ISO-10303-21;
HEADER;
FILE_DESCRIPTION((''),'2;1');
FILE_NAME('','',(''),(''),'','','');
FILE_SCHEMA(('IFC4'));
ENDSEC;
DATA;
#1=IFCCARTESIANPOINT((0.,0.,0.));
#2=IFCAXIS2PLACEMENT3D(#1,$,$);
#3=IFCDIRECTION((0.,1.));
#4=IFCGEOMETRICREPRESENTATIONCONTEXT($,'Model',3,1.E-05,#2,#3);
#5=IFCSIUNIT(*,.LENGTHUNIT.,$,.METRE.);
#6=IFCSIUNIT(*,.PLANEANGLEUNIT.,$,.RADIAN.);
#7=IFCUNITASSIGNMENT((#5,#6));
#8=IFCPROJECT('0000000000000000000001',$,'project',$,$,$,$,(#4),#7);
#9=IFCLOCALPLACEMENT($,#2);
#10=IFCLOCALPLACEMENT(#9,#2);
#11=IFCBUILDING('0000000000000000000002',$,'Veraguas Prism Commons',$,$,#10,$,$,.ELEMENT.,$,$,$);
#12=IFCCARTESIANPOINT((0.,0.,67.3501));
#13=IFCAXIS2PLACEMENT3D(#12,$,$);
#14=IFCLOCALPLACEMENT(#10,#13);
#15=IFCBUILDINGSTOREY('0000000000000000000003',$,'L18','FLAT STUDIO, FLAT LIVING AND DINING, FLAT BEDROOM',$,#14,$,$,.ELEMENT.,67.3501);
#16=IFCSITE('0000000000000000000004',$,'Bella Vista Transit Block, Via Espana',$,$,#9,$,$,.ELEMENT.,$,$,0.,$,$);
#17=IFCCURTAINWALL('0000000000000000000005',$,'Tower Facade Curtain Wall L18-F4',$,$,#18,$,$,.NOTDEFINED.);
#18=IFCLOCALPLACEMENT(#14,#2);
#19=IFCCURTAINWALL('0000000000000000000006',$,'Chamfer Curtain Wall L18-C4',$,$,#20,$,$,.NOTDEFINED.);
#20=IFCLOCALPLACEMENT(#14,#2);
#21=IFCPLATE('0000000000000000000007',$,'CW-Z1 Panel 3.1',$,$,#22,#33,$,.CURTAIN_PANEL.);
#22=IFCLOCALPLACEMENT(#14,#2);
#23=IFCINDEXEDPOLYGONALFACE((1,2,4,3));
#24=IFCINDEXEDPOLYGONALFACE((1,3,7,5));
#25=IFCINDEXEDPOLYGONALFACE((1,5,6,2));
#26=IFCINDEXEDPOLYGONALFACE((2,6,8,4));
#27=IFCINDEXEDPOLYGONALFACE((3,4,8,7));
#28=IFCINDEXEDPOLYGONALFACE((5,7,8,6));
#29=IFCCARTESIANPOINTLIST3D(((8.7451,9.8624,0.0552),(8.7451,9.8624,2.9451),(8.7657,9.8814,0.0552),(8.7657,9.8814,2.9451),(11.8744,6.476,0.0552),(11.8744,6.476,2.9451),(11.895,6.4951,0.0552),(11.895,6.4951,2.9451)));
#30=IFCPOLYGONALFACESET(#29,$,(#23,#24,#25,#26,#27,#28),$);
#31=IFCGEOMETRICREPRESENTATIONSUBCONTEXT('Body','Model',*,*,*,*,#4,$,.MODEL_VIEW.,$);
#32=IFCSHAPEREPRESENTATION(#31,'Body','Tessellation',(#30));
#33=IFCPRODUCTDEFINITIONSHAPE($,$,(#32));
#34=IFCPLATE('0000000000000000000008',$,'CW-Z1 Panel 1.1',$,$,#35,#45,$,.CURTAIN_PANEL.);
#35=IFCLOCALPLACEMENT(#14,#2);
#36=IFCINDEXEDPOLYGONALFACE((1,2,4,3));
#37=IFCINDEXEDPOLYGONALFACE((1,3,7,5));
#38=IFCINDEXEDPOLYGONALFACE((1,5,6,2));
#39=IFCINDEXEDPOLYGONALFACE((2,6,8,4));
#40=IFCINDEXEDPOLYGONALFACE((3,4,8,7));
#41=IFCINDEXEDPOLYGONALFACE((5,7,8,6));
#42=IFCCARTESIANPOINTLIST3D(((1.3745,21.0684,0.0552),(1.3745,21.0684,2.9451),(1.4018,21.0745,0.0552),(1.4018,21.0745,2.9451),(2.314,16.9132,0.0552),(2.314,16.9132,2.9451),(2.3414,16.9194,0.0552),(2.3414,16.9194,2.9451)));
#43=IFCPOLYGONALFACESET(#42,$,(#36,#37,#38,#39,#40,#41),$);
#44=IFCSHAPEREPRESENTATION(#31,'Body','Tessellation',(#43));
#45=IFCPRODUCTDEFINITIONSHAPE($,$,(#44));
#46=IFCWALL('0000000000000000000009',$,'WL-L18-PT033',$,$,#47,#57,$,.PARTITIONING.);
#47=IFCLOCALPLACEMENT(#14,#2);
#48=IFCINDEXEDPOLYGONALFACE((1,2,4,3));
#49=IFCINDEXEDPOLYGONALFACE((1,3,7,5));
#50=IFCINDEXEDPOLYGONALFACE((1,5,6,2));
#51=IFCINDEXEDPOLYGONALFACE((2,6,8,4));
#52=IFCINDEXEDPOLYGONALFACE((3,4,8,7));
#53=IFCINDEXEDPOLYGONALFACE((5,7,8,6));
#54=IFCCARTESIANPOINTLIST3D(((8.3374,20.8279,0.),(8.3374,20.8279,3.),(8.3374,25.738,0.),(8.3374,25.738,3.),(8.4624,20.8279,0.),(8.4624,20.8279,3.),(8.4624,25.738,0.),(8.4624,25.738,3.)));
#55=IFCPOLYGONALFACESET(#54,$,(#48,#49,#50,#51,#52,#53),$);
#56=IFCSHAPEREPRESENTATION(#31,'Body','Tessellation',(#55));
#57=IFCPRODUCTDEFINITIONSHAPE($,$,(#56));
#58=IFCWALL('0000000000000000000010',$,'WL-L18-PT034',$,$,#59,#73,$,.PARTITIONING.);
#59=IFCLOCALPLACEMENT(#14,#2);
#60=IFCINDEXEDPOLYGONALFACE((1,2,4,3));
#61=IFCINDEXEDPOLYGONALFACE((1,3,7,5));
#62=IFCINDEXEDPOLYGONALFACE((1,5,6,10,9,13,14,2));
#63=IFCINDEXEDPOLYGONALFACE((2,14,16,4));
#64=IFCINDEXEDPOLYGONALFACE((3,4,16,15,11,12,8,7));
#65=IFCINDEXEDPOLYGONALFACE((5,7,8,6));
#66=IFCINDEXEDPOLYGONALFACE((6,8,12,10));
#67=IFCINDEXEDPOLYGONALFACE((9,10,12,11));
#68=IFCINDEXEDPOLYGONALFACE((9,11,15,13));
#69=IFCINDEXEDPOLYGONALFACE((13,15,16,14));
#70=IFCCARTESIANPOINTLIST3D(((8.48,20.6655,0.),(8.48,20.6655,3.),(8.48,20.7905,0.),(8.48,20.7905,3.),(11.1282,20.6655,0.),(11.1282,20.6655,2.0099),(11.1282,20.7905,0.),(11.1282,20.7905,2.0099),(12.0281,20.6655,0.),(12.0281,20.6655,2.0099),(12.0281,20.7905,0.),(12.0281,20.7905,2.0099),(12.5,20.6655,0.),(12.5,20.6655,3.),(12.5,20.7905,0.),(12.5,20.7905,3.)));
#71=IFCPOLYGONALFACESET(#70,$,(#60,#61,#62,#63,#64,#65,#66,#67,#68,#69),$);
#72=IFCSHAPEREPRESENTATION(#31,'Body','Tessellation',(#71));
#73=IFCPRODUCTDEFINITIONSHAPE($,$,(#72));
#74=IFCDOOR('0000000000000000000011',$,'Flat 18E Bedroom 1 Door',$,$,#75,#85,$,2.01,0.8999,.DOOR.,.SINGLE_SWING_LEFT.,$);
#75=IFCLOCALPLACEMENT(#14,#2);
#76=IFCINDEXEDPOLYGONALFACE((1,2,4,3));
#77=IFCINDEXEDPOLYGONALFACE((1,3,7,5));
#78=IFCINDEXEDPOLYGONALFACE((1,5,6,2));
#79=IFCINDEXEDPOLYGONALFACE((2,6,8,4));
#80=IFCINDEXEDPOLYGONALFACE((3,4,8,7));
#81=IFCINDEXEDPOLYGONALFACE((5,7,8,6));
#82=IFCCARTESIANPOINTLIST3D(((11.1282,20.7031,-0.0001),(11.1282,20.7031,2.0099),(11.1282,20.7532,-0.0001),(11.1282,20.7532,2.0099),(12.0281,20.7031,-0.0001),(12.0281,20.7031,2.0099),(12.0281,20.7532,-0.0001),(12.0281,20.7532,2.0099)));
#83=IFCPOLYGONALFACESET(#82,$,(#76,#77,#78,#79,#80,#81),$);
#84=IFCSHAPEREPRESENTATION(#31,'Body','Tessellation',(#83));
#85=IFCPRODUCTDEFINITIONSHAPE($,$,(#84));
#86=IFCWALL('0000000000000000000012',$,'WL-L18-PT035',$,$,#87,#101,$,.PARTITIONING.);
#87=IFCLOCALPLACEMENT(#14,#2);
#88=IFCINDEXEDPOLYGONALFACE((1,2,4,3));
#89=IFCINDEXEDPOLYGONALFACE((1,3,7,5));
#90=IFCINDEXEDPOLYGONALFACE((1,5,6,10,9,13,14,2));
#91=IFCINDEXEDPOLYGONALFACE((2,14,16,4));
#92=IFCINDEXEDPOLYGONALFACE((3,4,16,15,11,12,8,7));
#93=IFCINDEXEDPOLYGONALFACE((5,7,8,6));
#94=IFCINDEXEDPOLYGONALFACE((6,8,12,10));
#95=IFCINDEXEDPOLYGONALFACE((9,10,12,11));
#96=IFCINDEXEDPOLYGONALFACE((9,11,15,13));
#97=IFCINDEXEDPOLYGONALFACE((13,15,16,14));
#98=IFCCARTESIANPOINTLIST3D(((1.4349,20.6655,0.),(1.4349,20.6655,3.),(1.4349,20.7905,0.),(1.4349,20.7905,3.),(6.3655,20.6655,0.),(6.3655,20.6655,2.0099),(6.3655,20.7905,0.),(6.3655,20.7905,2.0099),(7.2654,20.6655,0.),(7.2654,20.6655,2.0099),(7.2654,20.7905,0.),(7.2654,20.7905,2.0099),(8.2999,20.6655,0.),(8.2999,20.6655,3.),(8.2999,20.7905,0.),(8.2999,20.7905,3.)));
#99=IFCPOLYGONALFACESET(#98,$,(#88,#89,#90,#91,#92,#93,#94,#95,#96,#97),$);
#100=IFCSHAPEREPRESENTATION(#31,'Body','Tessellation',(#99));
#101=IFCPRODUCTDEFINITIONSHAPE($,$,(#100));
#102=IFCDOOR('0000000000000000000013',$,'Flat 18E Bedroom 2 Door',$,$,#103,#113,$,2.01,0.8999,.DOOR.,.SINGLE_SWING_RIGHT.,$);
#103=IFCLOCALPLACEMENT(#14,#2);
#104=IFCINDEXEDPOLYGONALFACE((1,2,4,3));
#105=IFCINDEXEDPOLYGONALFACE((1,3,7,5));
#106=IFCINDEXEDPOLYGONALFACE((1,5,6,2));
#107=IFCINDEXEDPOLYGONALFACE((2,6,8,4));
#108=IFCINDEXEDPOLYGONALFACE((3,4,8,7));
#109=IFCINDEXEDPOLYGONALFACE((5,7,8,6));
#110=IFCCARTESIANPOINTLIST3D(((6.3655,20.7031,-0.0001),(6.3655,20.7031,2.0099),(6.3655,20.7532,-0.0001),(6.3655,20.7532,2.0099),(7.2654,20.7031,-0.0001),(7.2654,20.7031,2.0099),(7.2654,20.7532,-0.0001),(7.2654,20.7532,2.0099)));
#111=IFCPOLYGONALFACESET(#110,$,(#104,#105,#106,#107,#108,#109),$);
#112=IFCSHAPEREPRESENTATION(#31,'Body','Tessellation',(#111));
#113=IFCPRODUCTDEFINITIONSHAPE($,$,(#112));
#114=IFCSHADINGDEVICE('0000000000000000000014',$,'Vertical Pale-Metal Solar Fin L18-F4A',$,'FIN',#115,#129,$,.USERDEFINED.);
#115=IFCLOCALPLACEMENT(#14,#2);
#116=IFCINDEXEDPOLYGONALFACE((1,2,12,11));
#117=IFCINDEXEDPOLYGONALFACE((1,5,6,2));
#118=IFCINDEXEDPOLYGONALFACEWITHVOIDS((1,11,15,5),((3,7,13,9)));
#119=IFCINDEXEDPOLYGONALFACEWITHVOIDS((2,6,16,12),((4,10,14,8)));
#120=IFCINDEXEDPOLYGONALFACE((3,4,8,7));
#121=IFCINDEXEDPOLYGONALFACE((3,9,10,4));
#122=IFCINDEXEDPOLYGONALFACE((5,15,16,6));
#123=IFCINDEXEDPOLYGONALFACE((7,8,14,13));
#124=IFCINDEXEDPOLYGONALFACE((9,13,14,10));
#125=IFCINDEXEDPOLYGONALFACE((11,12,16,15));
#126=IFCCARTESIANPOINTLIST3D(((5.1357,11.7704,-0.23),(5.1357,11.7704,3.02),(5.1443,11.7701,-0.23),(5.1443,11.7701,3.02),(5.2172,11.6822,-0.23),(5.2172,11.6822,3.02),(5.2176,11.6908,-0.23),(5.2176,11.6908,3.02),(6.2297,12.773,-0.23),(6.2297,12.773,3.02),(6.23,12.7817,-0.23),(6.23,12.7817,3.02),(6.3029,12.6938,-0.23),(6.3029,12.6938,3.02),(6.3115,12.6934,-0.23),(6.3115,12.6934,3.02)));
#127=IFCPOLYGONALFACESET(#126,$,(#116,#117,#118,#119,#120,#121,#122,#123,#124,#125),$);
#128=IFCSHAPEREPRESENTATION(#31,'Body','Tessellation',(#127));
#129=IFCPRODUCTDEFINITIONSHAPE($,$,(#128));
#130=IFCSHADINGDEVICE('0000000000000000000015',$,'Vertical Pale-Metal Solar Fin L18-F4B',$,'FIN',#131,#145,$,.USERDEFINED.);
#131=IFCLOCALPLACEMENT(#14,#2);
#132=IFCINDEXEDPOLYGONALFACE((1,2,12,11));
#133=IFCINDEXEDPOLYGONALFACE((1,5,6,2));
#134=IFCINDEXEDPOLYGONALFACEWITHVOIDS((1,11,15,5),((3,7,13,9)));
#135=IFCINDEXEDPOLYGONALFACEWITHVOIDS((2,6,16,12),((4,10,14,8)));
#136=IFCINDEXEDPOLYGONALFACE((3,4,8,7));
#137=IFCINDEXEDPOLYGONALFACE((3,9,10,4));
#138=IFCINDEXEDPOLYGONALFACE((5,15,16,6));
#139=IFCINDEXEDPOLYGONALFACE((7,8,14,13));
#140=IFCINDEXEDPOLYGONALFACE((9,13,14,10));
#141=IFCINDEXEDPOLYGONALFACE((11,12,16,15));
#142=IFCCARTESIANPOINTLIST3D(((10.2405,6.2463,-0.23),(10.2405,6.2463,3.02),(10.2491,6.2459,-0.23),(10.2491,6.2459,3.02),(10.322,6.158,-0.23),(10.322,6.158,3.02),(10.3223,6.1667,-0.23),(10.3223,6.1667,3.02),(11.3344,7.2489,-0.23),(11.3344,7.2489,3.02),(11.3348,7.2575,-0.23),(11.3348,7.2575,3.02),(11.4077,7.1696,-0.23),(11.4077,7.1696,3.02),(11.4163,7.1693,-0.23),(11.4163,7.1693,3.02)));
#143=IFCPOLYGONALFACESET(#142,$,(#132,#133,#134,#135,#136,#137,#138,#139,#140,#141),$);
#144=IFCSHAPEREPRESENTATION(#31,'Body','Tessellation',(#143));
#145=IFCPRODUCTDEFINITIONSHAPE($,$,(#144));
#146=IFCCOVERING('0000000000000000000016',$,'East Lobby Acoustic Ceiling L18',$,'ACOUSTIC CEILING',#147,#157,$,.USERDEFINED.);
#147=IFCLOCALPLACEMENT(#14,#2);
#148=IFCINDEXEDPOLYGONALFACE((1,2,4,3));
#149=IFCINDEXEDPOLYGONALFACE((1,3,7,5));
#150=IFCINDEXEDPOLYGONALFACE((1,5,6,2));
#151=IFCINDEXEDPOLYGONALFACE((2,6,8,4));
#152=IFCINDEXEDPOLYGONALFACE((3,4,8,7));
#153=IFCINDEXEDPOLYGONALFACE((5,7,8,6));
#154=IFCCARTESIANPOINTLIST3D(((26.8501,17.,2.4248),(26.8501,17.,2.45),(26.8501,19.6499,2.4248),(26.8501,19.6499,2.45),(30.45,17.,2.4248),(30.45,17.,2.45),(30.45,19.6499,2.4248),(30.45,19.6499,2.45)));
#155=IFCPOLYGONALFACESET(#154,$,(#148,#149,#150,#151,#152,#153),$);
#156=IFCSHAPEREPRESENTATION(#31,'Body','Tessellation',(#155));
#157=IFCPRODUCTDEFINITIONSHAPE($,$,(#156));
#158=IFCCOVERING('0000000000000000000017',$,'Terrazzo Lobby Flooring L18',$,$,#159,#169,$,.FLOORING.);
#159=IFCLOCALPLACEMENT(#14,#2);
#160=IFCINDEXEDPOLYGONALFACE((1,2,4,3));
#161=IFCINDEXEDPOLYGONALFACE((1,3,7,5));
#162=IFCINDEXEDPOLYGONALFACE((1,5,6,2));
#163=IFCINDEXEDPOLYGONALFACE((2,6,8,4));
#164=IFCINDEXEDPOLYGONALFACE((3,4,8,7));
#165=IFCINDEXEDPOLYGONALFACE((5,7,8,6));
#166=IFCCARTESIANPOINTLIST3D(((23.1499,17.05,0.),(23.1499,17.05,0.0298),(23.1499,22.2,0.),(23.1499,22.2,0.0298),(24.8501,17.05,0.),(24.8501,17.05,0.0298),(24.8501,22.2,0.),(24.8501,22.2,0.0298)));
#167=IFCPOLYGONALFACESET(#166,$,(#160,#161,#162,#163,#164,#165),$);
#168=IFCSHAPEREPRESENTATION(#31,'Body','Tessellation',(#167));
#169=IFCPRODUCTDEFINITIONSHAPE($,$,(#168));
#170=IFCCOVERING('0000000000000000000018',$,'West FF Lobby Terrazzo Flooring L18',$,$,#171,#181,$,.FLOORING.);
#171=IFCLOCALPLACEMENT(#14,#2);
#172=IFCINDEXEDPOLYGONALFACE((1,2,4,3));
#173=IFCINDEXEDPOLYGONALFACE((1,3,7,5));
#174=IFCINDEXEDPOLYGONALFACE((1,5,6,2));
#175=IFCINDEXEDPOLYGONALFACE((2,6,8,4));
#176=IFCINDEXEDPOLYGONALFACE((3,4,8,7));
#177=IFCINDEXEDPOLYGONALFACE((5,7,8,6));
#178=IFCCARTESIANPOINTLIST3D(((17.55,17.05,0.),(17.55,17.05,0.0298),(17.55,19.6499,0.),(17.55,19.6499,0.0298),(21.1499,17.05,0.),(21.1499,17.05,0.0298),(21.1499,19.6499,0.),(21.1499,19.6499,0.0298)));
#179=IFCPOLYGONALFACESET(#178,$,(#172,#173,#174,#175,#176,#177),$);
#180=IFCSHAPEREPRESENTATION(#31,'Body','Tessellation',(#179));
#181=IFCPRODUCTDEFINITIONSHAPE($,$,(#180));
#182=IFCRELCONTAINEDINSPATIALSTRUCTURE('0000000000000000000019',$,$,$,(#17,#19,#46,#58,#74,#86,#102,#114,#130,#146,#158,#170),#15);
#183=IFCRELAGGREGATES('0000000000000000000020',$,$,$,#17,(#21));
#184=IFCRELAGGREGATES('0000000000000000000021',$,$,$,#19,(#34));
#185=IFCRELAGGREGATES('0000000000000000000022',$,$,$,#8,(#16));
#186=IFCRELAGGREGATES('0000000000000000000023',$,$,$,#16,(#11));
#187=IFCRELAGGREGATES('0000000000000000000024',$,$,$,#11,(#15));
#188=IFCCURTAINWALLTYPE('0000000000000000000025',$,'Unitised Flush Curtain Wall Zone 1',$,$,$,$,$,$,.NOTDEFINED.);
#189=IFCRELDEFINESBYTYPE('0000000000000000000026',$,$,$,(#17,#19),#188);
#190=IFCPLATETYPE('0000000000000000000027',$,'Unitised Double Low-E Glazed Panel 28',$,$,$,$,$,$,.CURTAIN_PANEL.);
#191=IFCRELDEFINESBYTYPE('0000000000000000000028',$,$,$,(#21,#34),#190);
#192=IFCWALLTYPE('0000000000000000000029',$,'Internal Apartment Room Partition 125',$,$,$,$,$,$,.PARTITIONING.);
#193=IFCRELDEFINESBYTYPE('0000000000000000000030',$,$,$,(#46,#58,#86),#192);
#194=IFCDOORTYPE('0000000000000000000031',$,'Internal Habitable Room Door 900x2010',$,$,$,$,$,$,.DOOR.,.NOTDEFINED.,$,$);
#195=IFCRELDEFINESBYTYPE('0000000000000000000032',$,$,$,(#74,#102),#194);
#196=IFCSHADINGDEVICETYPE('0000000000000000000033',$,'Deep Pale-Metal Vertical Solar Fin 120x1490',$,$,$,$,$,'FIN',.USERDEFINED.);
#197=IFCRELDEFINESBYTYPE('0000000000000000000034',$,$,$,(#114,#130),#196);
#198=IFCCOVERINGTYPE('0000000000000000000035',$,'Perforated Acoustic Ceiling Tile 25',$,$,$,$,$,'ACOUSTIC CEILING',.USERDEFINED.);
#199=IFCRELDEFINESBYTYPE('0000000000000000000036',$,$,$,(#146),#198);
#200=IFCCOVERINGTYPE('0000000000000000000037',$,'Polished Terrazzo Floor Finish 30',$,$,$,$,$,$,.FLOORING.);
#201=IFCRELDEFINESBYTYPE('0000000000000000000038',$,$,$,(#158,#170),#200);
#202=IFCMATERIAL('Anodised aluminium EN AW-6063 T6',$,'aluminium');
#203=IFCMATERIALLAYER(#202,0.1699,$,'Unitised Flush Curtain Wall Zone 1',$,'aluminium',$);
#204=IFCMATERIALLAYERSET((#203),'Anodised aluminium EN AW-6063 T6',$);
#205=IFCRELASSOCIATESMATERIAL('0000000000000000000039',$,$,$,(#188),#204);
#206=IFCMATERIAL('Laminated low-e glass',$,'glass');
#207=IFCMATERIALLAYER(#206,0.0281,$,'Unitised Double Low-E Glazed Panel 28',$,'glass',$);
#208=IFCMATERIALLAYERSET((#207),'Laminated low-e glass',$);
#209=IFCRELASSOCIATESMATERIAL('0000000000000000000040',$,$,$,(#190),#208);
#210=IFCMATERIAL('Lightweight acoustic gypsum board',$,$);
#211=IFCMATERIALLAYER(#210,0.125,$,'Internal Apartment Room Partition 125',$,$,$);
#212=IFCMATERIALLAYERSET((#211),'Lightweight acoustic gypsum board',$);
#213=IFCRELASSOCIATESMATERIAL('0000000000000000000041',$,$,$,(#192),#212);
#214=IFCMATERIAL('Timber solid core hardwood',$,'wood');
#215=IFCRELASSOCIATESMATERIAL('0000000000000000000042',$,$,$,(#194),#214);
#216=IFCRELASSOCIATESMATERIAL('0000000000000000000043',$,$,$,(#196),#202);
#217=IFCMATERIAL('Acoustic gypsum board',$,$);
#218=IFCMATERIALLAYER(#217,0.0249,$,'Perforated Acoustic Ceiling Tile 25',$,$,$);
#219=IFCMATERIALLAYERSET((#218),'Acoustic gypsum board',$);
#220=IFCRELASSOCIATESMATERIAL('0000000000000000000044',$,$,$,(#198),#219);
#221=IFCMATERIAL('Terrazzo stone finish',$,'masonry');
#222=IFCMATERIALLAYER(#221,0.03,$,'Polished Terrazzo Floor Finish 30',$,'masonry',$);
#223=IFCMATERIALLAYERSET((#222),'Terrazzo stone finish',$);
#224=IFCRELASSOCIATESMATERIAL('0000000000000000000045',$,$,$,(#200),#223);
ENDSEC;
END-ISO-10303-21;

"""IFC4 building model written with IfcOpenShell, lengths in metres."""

from ifc_helpers import new_model, si_unit, direction, frame, frame_2d, origin, origin_2d, place, context, subcontext, project, spatial, polyline, rectangle, hollow_rectangle, outline, extrude, source, transform, mapped, material, layer, layer_set, material_profile, profile_set, type_object, element, fill, aggregate, save


model = new_model("IFC4")

# Units and contexts
model_context = context("Model", 3, precision=1e-05, world=origin(), true_north=direction((0.0, 1.0)))
body_context = subcontext(model_context, "Body", "Model", "MODEL_VIEW")
ifc_project = project(units=[si_unit("LENGTHUNIT", "METRE"), si_unit("PLANEANGLEUNIT", "RADIAN")], contexts=[model_context])

# Site, building, storey
site_placement = place(None, origin())
site = spatial("IfcSite", under=ifc_project, at=site_placement, Name="Bella Vista Transit Block, Via Espana", CompositionType="ELEMENT", RefElevation=0.0)
building_placement = place(site_placement, origin())
building = spatial("IfcBuilding", under=site, at=building_placement, Name="Veraguas Prism Commons", CompositionType="ELEMENT")
storey_placement = place(building_placement, frame((0.0, 0.0, 67.3501)))
storey = spatial("IfcBuildingStorey", under=building, at=storey_placement, Name="L18", Description="FLAT STUDIO, FLAT LIVING AND DINING, FLAT BEDROOM", CompositionType="ELEMENT", Elevation=67.3501)

# Curtain wall
ifc_material_1 = material(Name="Anodised aluminium EN AW-6063 T6", Category="aluminium")
ifc_layer_1 = layer(ifc_material_1, 0.1699, Name="Unitised Flush Curtain Wall Zone 1", Category="aluminium")
ifc_layer_set_1 = layer_set([ifc_layer_1], Name="Anodised aluminium EN AW-6063 T6")
curtain_wall_type = type_object("IfcCurtainWallType", Name="Unitised Flush Curtain Wall Zone 1", PredefinedType="NOTDEFINED", material=ifc_layer_set_1)
curtain_wall_1_placement = place(storey_placement, origin())
curtain_wall_1 = element("IfcCurtainWall", 1, at=curtain_wall_1_placement, inside=storey, type_object=curtain_wall_type, Name="Tower Facade Curtain Wall L18-F4", PredefinedType="NOTDEFINED")

# Curtain wall
curtain_wall_2_placement = place(storey_placement, origin())
curtain_wall_2 = element("IfcCurtainWall", 2, at=curtain_wall_2_placement, inside=storey, type_object=curtain_wall_type, Name="Chamfer Curtain Wall L18-C4", PredefinedType="NOTDEFINED")

# Plates
ifc_material_2 = material(Name="Laminated low-e glass", Category="glass")
ifc_layer_2 = layer(ifc_material_2, 0.0281, Name="Unitised Double Low-E Glazed Panel 28", Category="glass")
ifc_layer_set_2 = layer_set([ifc_layer_2], Name="Laminated low-e glass")
plate_type = type_object("IfcPlateType", Name="Unitised Double Low-E Glazed Panel 28", PredefinedType="CURTAIN_PANEL", material=ifc_layer_set_2)
shared_shape_1 = source(origin(), body_context, "Body", "SweptSolid", [
    extrude(rectangle(XDim=4.6108, YDim=0.0281, at=origin_2d()), origin(), (0.0, 0.0, 1.0), 2.8899),
])
plate_1_placement = place(storey_placement, frame((10.3201, 8.1787, 0.0552), z_axis=(0.0, 0.0, 1.0), x_axis=(0.678678, -0.734436, 0.0)))
plate_1 = element("IfcPlate", 3, at=plate_1_placement, type_object=plate_type, Name="CW-Z1 Panel 3.1", PredefinedType="CURTAIN_PANEL", context=body_context, shape_type="MappedRepresentation", body=[
    mapped(shared_shape_1, transform((0.0, 0.0, 0.0), scale=1.0)),
])
aggregate(curtain_wall_1, [plate_1])
shared_shape_2 = source(origin(), body_context, "Body", "SweptSolid", [
    extrude(rectangle(XDim=4.26, YDim=0.0281, at=origin_2d()), origin(), (0.0, 0.0, 1.0), 2.8899),
])
plate_2_placement = place(storey_placement, frame((1.8579, 18.9939, 0.0552), z_axis=(0.0, 0.0, 1.0), x_axis=(0.220546, -0.975377, 0.0)))
plate_2 = element("IfcPlate", 4, at=plate_2_placement, type_object=plate_type, Name="CW-Z1 Panel 1.1", PredefinedType="CURTAIN_PANEL", context=body_context, shape_type="MappedRepresentation", body=[
    mapped(shared_shape_2, transform((0.0, 0.0, 0.0), scale=1.0)),
])
aggregate(curtain_wall_2, [plate_2])

# Wall
ifc_material_3 = material(Name="Lightweight acoustic gypsum board")
ifc_layer_3 = layer(ifc_material_3, 0.125, Name="Internal Apartment Room Partition 125")
ifc_layer_set_3 = layer_set([ifc_layer_3], Name="Lightweight acoustic gypsum board")
wall_type = type_object("IfcWallType", Name="Internal Apartment Room Partition 125", PredefinedType="PARTITIONING", material=ifc_layer_set_3)
wall_1_placement = place(storey_placement, frame((8.3999, 20.8279, 0.0), z_axis=(0.0, 0.0, 1.0), x_axis=(0.0, 1.0, 0.0)))
element("IfcWall", 5, at=wall_1_placement, inside=storey, type_object=wall_type, Name="WL-L18-PT033", PredefinedType="PARTITIONING", context=body_context, shape_type="SweptSolid", body=[
    extrude(rectangle(XDim=4.9102, YDim=0.125, at=frame_2d((2.4551, 0.0))), origin(), (0.0, 0.0, 1.0), 3.0),
])

# Walls, openings, doors
wall_2_placement = place(storey_placement, frame((12.5, 20.728, 0.0), z_axis=(0.0, 0.0, 1.0), x_axis=(-1.0, 0.0, 0.0)))
wall_2 = element("IfcWall", 6, at=wall_2_placement, inside=storey, type_object=wall_type, Name="WL-L18-PT034", PredefinedType="PARTITIONING", context=body_context, shape_type="SweptSolid", body=[
    extrude(rectangle(XDim=4.02, YDim=0.125, at=frame_2d((2.01, 0.0))), origin(), (0.0, 0.0, 1.0), 3.0),
])
opening_1_placement = place(wall_2_placement, frame((0.4719, 0.0, 0.0)))
opening_1 = element("IfcOpeningElement", 7, at=opening_1_placement, cuts=wall_2, PredefinedType="OPENING", context=body_context, shape_type="SweptSolid", body=[
    extrude(rectangle(XDim=0.8999, YDim=2.01, at=frame_2d((0.45, 1.0049))), frame((0.0, 0.0725, 0.0), z_axis=(0.0, -1.0, 0.0), x_axis=(1.0, 0.0, 0.0)), (0.0, 0.0, 1.0), 0.145),
])
ifc_material_4 = material(Name="Timber solid core hardwood", Category="wood")
door_type = type_object("IfcDoorType", Name="Internal Habitable Room Door 900x2010", OperationType="NOTDEFINED", PredefinedType="DOOR", material=ifc_material_4)
shared_shape_3 = source(origin(), body_context, "Body", "SweptSolid", [
    extrude(rectangle(XDim=0.8999, YDim=2.01, at=frame_2d((0.45, 1.0049))), frame((0.0, 0.0249, 0.0), z_axis=(0.0, -1.0, 0.0), x_axis=(1.0, 0.0, 0.0)), (0.0, 0.0, 1.0), 0.05),
])
door_1_placement = place(opening_1_placement, origin())
door_1 = element("IfcDoor", 8, at=door_1_placement, inside=storey, type_object=door_type, Name="Flat 18E Bedroom 1 Door", OperationType="SINGLE_SWING_LEFT", OverallHeight=2.01, OverallWidth=0.8999, PredefinedType="DOOR", context=body_context, shape_type="MappedRepresentation", body=[
    mapped(shared_shape_3, transform((0.0, 0.0, 0.0), scale=1.0)),
])
fill(opening_1, door_1)
wall_3_placement = place(storey_placement, frame((8.3, 20.728, 0.0), z_axis=(0.0, 0.0, 1.0), x_axis=(-1.0, 0.0, 0.0)))
wall_3 = element("IfcWall", 9, at=wall_3_placement, inside=storey, type_object=wall_type, Name="WL-L18-PT035", PredefinedType="PARTITIONING", context=body_context, shape_type="SweptSolid", body=[
    extrude(rectangle(XDim=6.865, YDim=0.125, at=frame_2d((3.4326, 0.0))), origin(), (0.0, 0.0, 1.0), 3.0),
])
opening_2_placement = place(wall_3_placement, frame((1.0347, 0.0, 0.0)))
opening_2 = element("IfcOpeningElement", 10, at=opening_2_placement, cuts=wall_3, PredefinedType="OPENING", context=body_context, shape_type="SweptSolid", body=[
    extrude(rectangle(XDim=0.8999, YDim=2.01, at=frame_2d((0.45, 1.0049))), frame((0.0, 0.0725, 0.0), z_axis=(0.0, -1.0, 0.0), x_axis=(1.0, 0.0, 0.0)), (0.0, 0.0, 1.0), 0.145),
])
door_2_placement = place(opening_2_placement, origin())
door_2 = element("IfcDoor", 11, at=door_2_placement, inside=storey, type_object=door_type, Name="Flat 18E Bedroom 2 Door", OperationType="SINGLE_SWING_RIGHT", OverallHeight=2.01, OverallWidth=0.8999, PredefinedType="DOOR", context=body_context, shape_type="MappedRepresentation", body=[
    mapped(shared_shape_3, transform((0.0, 0.0, 0.0), scale=1.0)),
])
fill(opening_2, door_2)

# Shading devices
ifc_material_profile_1 = material_profile(ifc_material_1, hollow_rectangle(XDim=0.1201, YDim=1.49, WallThickness=0.0061, at=origin_2d()), Name="FIN120X1490X6")
ifc_profile_set_1 = profile_set([ifc_material_profile_1], Name="Anodised aluminium EN AW-6063 T6")
shading_device_type = type_object("IfcShadingDeviceType", Name="Deep Pale-Metal Vertical Solar Fin 120x1490", ElementType="FIN", PredefinedType="USERDEFINED", material=ifc_profile_set_1)
for number, where, z_axis, x_axis, name in (
    (12, (5.7236, 12.2319, -0.23), (0.0, 0.0, 1.0), (0.678674, -0.73444, 0.0), "Vertical Pale-Metal Solar Fin L18-F4A"),
    (13, (10.8284, 6.7078, -0.23), (0.0, 0.0, 1.0), (0.678674, -0.73444, 0.0), "Vertical Pale-Metal Solar Fin L18-F4B"),
):
    element("IfcShadingDevice", number, at=place(storey_placement, frame(where, z_axis=z_axis, x_axis=x_axis)), inside=storey, type_object=shading_device_type, Name=name, ObjectType="FIN", PredefinedType="USERDEFINED", context=body_context, shape_type="SweptSolid", body=[
        extrude(hollow_rectangle(XDim=0.1201, YDim=1.49, WallThickness=0.0061, at=origin_2d()), origin(), (0.0, 0.0, 1.0), 3.25),
    ])

# Coverings
ifc_material_5 = material(Name="Acoustic gypsum board")
ifc_layer_4 = layer(ifc_material_5, 0.0249, Name="Perforated Acoustic Ceiling Tile 25")
ifc_layer_set_4 = layer_set([ifc_layer_4], Name="Acoustic gypsum board")
covering_type_1 = type_object("IfcCoveringType", Name="Perforated Acoustic Ceiling Tile 25", ElementType="ACOUSTIC CEILING", PredefinedType="USERDEFINED", material=ifc_layer_set_4)
covering_1_placement = place(storey_placement, frame((0.0, 0.0, 2.4248)))
element("IfcCovering", 14, at=covering_1_placement, inside=storey, type_object=covering_type_1, Name="East Lobby Acoustic Ceiling L18", ObjectType="ACOUSTIC CEILING", PredefinedType="USERDEFINED", context=body_context, shape_type="SweptSolid", body=[
    extrude(outline(polyline([(26.8501, 17.0), (30.45, 17.0), (30.45, 19.6499), (26.8501, 19.6499), (26.8501, 17.0)])), origin(), (0.0, 0.0, 1.0), 0.0251),
])
ifc_material_6 = material(Name="Terrazzo stone finish", Category="masonry")
ifc_layer_5 = layer(ifc_material_6, 0.03, Name="Polished Terrazzo Floor Finish 30", Category="masonry")
ifc_layer_set_5 = layer_set([ifc_layer_5], Name="Terrazzo stone finish")
covering_type_2 = type_object("IfcCoveringType", Name="Polished Terrazzo Floor Finish 30", PredefinedType="FLOORING", material=ifc_layer_set_5)
covering_2_placement = place(storey_placement, origin())
element("IfcCovering", 15, at=covering_2_placement, inside=storey, type_object=covering_type_2, Name="Terrazzo Lobby Flooring L18", PredefinedType="FLOORING", context=body_context, shape_type="SweptSolid", body=[
    extrude(outline(polyline([(23.1499, 17.05), (24.8501, 17.05), (24.8501, 22.2), (23.1499, 22.2), (23.1499, 17.05)])), origin(), (0.0, 0.0, 1.0), 0.0298),
])
covering_3_placement = place(storey_placement, origin())
element("IfcCovering", 16, at=covering_3_placement, inside=storey, type_object=covering_type_2, Name="West FF Lobby Terrazzo Flooring L18", PredefinedType="FLOORING", context=body_context, shape_type="SweptSolid", body=[
    extrude(outline(polyline([(17.55, 17.05), (21.1499, 17.05), (21.1499, 19.6499), (17.55, 19.6499), (17.55, 17.05)])), origin(), (0.0, 0.0, 1.0), 0.0298),
])

save(model, "model.ifc")
